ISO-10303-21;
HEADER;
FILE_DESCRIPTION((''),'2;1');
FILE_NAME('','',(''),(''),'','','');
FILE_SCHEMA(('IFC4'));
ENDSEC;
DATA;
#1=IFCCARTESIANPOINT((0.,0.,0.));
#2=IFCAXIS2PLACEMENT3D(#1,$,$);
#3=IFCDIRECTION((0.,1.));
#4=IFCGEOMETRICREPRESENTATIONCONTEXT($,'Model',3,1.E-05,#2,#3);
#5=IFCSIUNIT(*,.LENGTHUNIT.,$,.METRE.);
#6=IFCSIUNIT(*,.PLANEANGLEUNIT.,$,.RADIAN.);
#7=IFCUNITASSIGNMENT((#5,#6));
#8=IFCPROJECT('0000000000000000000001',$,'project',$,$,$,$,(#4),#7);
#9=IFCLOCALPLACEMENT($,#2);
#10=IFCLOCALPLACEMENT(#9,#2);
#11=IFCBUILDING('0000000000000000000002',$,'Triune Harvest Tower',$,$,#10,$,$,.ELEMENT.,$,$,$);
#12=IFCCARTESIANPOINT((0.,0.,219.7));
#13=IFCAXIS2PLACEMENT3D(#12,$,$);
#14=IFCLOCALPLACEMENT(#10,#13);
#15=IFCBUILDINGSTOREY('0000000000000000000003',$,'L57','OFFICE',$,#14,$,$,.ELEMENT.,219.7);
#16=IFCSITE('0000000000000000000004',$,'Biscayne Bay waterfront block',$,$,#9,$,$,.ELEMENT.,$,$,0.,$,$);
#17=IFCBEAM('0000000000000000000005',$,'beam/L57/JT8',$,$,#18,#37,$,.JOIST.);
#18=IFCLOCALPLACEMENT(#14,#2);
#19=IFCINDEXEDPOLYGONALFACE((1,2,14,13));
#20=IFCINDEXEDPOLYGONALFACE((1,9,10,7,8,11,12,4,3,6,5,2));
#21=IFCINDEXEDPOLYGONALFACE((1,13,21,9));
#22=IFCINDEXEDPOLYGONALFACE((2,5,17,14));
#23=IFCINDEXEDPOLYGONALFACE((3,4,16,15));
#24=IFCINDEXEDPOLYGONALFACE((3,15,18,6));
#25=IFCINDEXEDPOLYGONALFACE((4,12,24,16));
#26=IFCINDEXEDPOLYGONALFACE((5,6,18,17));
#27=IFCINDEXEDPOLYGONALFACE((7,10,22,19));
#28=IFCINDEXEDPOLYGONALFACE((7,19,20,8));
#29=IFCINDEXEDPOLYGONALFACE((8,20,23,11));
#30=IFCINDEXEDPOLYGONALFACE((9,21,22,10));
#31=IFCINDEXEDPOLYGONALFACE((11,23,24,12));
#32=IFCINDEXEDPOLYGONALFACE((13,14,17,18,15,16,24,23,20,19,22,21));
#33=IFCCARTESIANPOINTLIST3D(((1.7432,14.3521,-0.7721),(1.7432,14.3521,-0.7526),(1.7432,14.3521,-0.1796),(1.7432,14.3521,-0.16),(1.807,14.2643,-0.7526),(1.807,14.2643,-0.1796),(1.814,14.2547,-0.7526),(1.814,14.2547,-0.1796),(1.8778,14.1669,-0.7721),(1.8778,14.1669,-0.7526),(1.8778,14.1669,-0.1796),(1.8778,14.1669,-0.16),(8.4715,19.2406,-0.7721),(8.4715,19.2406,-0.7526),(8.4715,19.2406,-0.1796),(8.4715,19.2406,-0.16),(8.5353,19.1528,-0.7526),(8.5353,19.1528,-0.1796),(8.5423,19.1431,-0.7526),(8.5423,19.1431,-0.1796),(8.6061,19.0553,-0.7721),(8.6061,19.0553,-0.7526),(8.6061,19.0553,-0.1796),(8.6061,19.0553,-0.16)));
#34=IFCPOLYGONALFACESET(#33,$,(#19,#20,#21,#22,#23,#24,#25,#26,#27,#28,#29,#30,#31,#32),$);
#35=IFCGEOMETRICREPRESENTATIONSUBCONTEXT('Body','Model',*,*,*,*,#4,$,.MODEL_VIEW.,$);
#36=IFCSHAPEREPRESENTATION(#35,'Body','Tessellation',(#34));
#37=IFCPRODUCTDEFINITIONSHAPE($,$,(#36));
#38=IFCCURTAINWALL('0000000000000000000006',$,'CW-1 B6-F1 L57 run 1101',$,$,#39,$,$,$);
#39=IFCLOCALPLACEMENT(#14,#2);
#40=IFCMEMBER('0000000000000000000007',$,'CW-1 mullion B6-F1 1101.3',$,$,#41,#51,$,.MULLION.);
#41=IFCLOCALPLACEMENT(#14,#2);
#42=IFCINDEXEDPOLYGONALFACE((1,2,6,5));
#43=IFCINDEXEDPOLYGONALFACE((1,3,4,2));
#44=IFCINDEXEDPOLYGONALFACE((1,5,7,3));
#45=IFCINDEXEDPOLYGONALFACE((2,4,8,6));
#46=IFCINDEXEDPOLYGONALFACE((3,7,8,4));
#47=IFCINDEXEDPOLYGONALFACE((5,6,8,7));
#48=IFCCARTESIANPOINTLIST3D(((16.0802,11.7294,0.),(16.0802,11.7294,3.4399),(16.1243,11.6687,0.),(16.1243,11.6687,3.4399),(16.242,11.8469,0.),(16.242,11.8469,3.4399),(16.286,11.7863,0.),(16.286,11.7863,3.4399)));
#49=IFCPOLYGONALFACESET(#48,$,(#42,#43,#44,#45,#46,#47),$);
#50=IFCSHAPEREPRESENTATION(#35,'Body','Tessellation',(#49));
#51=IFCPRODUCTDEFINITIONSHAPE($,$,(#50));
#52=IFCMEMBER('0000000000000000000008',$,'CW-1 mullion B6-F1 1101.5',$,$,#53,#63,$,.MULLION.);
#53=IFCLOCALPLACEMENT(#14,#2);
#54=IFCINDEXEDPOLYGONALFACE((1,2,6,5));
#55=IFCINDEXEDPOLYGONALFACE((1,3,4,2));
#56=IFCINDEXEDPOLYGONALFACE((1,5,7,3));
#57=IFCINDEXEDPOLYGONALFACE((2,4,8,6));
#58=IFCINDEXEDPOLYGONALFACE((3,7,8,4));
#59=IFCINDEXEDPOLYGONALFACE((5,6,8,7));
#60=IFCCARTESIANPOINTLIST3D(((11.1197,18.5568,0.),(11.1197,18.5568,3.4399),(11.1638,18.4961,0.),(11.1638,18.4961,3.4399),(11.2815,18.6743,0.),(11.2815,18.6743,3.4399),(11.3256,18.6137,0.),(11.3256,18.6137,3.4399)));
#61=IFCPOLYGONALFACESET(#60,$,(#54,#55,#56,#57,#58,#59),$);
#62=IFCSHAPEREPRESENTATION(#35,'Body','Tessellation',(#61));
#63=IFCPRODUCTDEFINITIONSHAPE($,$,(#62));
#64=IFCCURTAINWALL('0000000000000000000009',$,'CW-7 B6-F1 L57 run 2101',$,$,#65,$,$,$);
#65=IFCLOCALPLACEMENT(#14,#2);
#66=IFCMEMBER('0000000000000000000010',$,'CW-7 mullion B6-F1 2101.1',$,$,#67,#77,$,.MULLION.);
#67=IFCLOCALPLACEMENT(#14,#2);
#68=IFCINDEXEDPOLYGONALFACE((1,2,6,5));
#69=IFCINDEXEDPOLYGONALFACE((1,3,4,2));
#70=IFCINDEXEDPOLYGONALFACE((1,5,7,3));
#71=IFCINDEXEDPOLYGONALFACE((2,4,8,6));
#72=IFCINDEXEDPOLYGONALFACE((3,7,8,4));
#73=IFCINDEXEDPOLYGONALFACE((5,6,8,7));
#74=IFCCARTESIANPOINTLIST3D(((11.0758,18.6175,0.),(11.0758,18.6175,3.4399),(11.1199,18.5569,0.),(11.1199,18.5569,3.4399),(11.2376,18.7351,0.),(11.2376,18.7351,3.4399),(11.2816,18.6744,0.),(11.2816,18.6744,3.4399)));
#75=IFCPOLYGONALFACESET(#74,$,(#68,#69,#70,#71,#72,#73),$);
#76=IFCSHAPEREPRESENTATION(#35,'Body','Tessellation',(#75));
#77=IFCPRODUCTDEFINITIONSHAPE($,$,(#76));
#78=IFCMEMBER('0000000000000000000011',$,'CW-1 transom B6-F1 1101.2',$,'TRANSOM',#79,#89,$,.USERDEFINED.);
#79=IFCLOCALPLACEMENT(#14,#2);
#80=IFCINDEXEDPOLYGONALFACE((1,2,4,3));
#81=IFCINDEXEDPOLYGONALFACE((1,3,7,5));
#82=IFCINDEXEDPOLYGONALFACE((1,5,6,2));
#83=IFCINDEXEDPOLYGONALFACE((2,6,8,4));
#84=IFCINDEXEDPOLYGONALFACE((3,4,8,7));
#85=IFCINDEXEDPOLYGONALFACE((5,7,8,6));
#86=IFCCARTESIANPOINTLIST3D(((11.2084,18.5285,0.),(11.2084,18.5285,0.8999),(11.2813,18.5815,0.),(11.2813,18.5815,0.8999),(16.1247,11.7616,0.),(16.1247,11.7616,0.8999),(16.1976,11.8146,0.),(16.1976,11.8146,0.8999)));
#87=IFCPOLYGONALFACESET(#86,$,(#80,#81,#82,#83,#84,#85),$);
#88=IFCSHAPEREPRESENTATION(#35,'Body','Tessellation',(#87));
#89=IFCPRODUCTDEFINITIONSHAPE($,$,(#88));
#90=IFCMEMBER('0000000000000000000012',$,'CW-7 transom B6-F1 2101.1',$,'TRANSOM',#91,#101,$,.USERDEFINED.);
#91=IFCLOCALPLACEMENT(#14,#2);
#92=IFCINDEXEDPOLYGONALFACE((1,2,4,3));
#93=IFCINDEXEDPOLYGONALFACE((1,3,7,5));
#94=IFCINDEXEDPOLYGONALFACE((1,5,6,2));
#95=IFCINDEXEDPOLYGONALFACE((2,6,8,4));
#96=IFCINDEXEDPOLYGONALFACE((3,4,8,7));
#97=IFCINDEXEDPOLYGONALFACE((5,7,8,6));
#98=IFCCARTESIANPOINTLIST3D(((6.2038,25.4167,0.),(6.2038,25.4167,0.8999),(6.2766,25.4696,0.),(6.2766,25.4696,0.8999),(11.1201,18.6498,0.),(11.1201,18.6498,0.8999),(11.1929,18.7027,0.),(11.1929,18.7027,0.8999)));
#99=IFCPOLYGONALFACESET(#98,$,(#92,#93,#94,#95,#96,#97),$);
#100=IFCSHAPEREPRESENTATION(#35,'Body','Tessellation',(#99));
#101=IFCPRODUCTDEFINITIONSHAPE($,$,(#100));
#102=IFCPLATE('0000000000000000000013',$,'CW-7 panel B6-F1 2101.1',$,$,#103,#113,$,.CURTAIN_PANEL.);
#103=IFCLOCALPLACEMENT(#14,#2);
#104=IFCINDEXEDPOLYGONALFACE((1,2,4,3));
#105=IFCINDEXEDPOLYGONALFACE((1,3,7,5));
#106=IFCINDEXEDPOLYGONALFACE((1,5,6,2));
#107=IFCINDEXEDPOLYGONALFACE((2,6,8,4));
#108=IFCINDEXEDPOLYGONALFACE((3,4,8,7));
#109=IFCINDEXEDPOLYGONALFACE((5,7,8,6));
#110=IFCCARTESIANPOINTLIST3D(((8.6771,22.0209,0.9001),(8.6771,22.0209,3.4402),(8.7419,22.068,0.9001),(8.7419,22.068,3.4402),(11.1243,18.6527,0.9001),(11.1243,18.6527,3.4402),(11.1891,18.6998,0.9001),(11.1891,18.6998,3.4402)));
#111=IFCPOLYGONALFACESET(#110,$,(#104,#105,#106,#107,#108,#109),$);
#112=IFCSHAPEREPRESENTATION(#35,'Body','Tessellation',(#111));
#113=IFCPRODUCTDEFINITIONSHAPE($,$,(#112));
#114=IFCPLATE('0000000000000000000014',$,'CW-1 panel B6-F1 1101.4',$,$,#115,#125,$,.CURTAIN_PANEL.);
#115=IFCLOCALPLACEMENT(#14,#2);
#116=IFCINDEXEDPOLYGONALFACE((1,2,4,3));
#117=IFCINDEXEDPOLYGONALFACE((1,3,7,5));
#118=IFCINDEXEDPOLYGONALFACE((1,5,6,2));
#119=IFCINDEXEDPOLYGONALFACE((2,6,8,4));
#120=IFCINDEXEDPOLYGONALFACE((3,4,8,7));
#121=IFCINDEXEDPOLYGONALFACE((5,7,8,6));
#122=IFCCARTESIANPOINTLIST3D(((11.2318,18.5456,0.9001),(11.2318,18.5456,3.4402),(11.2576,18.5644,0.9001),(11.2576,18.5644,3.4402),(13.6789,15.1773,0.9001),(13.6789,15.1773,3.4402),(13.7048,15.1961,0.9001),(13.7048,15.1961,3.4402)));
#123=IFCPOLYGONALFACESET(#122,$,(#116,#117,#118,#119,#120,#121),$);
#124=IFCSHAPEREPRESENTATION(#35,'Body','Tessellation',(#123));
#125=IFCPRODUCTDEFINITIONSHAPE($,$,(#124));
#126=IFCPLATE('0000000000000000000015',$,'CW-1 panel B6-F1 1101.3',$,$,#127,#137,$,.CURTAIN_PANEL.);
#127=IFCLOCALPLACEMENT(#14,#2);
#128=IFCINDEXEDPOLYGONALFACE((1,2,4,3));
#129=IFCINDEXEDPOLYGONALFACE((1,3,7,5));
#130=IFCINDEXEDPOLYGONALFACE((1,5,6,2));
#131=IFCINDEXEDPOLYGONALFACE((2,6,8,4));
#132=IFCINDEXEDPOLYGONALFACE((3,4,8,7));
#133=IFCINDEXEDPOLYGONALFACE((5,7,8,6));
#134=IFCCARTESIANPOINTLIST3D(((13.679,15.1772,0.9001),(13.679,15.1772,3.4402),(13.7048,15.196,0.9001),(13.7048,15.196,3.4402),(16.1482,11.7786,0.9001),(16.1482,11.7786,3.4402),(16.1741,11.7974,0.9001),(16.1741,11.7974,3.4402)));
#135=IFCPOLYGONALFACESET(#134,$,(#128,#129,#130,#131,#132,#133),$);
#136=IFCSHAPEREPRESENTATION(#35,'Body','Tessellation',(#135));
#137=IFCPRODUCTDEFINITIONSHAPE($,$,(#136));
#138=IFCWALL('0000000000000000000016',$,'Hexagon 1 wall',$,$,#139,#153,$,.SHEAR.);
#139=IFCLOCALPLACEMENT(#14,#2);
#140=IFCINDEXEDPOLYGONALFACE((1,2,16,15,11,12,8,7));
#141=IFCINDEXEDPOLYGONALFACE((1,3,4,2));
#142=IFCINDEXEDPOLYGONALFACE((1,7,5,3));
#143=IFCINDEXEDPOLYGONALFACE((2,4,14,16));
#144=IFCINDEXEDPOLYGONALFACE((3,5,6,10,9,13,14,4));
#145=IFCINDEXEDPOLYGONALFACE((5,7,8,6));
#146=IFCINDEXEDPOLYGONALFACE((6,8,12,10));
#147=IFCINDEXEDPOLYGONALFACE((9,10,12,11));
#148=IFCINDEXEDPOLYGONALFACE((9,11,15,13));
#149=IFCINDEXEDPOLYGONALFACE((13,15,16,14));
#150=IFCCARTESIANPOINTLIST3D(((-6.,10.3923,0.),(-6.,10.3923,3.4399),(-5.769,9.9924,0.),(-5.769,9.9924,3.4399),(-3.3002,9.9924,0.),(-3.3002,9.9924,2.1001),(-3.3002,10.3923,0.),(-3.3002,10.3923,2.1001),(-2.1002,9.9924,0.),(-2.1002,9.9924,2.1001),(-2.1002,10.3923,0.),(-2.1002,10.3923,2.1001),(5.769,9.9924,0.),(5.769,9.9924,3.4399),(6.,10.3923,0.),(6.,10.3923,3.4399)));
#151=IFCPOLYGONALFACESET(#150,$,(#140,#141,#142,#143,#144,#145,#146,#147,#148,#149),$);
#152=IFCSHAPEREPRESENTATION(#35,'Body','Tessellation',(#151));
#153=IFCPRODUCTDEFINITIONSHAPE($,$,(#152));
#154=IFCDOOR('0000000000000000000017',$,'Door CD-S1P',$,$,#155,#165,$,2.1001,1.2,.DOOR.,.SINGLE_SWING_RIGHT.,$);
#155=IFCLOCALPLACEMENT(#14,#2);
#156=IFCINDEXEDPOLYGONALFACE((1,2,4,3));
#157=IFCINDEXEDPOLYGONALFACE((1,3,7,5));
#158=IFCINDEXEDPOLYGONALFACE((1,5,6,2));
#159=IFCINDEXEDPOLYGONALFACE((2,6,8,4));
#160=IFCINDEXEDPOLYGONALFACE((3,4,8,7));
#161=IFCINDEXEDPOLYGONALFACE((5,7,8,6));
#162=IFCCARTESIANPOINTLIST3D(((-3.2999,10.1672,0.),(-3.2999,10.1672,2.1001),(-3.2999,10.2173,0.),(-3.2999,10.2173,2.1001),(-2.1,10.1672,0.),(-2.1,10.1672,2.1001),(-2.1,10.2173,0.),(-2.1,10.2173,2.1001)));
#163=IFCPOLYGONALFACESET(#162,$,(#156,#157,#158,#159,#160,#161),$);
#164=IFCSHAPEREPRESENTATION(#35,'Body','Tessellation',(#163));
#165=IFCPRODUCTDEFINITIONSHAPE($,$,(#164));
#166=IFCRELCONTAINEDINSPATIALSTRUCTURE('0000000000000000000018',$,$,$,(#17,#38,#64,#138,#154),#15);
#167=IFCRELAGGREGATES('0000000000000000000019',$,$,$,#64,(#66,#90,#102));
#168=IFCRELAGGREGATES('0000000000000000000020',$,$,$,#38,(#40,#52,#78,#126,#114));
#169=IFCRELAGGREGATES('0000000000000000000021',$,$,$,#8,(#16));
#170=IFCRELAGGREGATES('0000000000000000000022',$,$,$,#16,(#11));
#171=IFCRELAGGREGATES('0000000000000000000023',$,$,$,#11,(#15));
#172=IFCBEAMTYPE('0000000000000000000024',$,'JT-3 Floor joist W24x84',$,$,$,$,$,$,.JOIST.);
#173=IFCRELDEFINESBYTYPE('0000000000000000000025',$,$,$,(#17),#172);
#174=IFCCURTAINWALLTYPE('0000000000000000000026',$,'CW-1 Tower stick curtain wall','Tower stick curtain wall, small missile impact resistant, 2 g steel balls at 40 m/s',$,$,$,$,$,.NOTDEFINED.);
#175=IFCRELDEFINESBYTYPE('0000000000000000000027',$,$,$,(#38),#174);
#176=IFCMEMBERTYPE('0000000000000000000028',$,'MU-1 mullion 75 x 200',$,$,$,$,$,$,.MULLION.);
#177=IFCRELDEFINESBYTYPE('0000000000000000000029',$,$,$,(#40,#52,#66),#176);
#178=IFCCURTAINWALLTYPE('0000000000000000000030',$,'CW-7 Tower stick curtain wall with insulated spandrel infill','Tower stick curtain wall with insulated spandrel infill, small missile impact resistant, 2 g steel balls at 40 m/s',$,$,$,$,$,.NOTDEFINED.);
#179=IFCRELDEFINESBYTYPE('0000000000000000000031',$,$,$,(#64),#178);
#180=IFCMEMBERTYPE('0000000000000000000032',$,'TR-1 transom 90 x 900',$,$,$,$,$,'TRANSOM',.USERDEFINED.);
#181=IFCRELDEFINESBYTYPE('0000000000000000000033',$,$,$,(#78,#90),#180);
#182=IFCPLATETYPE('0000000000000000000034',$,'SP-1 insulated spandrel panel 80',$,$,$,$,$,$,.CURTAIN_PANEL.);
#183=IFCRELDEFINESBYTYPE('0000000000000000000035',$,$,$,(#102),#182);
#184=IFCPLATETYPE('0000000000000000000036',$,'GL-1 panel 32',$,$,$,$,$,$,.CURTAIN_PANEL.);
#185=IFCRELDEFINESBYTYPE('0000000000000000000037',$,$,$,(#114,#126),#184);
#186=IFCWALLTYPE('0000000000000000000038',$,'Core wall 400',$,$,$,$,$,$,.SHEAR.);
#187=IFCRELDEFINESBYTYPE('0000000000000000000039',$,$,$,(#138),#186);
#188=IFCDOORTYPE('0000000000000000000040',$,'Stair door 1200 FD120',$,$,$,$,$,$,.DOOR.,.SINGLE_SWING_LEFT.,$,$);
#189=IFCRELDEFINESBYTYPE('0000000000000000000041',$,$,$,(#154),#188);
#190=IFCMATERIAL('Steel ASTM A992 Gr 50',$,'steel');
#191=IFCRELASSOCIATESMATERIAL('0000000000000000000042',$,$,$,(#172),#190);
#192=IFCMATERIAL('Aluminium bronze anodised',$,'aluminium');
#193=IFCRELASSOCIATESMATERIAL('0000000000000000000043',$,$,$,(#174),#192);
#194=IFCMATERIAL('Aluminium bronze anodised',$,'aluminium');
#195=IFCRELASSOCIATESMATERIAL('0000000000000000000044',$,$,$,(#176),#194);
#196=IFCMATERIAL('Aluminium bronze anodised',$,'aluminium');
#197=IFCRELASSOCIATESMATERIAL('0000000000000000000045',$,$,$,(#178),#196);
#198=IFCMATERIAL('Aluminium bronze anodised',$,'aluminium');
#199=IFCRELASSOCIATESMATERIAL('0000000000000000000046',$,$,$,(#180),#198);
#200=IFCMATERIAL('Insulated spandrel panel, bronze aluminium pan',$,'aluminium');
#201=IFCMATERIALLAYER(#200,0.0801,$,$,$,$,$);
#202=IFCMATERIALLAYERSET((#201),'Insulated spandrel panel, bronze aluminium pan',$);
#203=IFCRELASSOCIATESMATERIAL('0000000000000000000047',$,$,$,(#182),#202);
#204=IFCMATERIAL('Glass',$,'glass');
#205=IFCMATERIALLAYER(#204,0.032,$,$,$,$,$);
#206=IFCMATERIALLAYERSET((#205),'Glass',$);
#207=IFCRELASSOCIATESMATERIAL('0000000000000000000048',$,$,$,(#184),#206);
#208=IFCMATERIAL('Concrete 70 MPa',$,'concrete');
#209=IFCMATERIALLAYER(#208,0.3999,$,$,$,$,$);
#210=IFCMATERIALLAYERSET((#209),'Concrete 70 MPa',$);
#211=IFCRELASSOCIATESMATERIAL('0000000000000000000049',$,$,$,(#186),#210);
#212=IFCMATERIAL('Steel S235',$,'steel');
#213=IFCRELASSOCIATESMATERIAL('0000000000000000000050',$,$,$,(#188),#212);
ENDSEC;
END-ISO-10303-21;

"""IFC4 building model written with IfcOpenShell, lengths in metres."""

from ifc_helpers import new_model, si_unit, direction, frame, frame_2d, origin, origin_2d, place, context, subcontext, project, spatial, polyline, rectangle, i_section, outline, extrude, source, transform, mapped, material, layer, layer_set, material_profile, profile_set, type_object, element, fill, aggregate, save


model = new_model("IFC4")

# Units and contexts
model_context = context("Model", 3, precision=1e-05, world=origin(), true_north=direction((0.0, 1.0)))
body_context = subcontext(model_context, "Body", "Model", "MODEL_VIEW")
ifc_project = project(units=[si_unit("LENGTHUNIT", "METRE"), si_unit("PLANEANGLEUNIT", "RADIAN")], contexts=[model_context])

# Site, building, storey
site_placement = place(None, origin())
site = spatial("IfcSite", under=ifc_project, at=site_placement, Name="Biscayne Bay waterfront block", CompositionType="ELEMENT", RefElevation=0.0)
building_placement = place(site_placement, origin())
building = spatial("IfcBuilding", under=site, at=building_placement, Name="Triune Harvest Tower", CompositionType="ELEMENT")
storey_placement = place(building_placement, frame((0.0, 0.0, 219.7)))
storey = spatial("IfcBuildingStorey", under=building, at=storey_placement, Name="L57", Description="OFFICE", CompositionType="ELEMENT", Elevation=219.7)

# Beam
ifc_material_1 = material(Name="Steel ASTM A992 Gr 50", Category="steel")
ifc_material_profile_1 = material_profile(ifc_material_1, i_section(OverallWidth=0.229, OverallDepth=0.6121, WebThickness=0.012, FlangeThickness=0.0195, at=origin_2d()), Name="W24x84")
ifc_profile_set_1 = profile_set([ifc_material_profile_1], Name="Steel ASTM A992 Gr 50")
beam_type_1 = type_object("IfcBeamType", Name="JT-3 Floor joist W24x84", PredefinedType="JOIST", material=ifc_profile_set_1)
shared_shape_1 = source(origin(), body_context, "Body", "SweptSolid", [
    extrude(i_section(OverallWidth=0.229, OverallDepth=0.6121, WebThickness=0.012, FlangeThickness=0.0195, at=origin_2d()), origin(), (0.0, 0.0, 1.0), 8.3167),
])
beam_1_placement = place(storey_placement, frame((8.5388, 19.1479, -0.4661), z_axis=(-0.809014, -0.587789, 0.0), x_axis=(0.587789, -0.809014, 0.0)))
element("IfcBeam", 1, at=beam_1_placement, inside=storey, type_object=beam_type_1, Name="beam/L57/JT8", PredefinedType="JOIST", context=body_context, shape_type="MappedRepresentation", body=[
    mapped(shared_shape_1, transform((0.0, 0.0, 0.0), scale=1.0)),
])

# Curtain wall, members
ifc_material_2 = material(Name="Aluminium bronze anodised", Category="aluminium")
curtain_wall_type_1 = type_object("IfcCurtainWallType", Name="CW-1 Tower stick curtain wall", Description="Tower stick curtain wall, small missile impact resistant, 2 g steel balls at 40 m/s", PredefinedType="NOTDEFINED", material=ifc_material_2)
curtain_wall_1_placement = place(storey_placement, origin())
curtain_wall_1 = element("IfcCurtainWall", 2, at=curtain_wall_1_placement, inside=storey, type_object=curtain_wall_type_1, Name="CW-1 B6-F1 L57 run 1101")
ifc_material_3 = material(Name="Aluminium bronze anodised", Category="aluminium")
ifc_material_profile_2 = material_profile(ifc_material_3, rectangle(XDim=0.2, YDim=0.075, at=origin_2d()), Name="MU-1 mullion 75 x 200")
ifc_profile_set_2 = profile_set([ifc_material_profile_2], Name="Aluminium bronze anodised")
member_type_1 = type_object("IfcMemberType", Name="MU-1 mullion 75 x 200", PredefinedType="MULLION", material=ifc_profile_set_2)
shared_shape_2 = source(origin(), body_context, "Body", "SweptSolid", [
    extrude(rectangle(XDim=0.2, YDim=0.075, at=origin_2d()), origin(), (0.0, 0.0, 1.0), 3.4399),
])
member_1_placement = place(storey_placement, frame((16.1831, 11.7578, 0.0), z_axis=(0.0, 0.0, 1.0), x_axis=(-0.809021, -0.58778, 0.0)))
member_1 = element("IfcMember", 3, at=member_1_placement, type_object=member_type_1, Name="CW-1 mullion B6-F1 1101.3", PredefinedType="MULLION", context=body_context, shape_type="MappedRepresentation", body=[
    mapped(shared_shape_2, transform((0.0, 0.0, 0.0), scale=1.0)),
])
member_2_placement = place(storey_placement, frame((11.2227, 18.5852, 0.0), z_axis=(0.0, 0.0, 1.0), x_axis=(-0.809021, -0.58778, 0.0)))
member_2 = element("IfcMember", 4, at=member_2_placement, type_object=member_type_1, Name="CW-1 mullion B6-F1 1101.5", PredefinedType="MULLION", context=body_context, shape_type="MappedRepresentation", body=[
    mapped(shared_shape_2, transform((0.0, 0.0, 0.0), scale=1.0)),
])

# Curtain wall, member
ifc_material_4 = material(Name="Aluminium bronze anodised", Category="aluminium")
curtain_wall_type_2 = type_object("IfcCurtainWallType", Name="CW-7 Tower stick curtain wall with insulated spandrel infill", Description="Tower stick curtain wall with insulated spandrel infill, small missile impact resistant, 2 g steel balls at 40 m/s", PredefinedType="NOTDEFINED", material=ifc_material_4)
curtain_wall_2_placement = place(storey_placement, origin())
curtain_wall_2 = element("IfcCurtainWall", 5, at=curtain_wall_2_placement, inside=storey, type_object=curtain_wall_type_2, Name="CW-7 B6-F1 L57 run 2101")
member_3_placement = place(storey_placement, frame((11.1787, 18.646, 0.0), z_axis=(0.0, 0.0, 1.0), x_axis=(-0.809014, -0.587789, 0.0)))
member_3 = element("IfcMember", 6, at=member_3_placement, type_object=member_type_1, Name="CW-7 mullion B6-F1 2101.1", PredefinedType="MULLION", context=body_context, shape_type="MappedRepresentation", body=[
    mapped(shared_shape_2, transform((0.0, 0.0, 0.0), scale=1.0)),
])

# Members
ifc_material_5 = material(Name="Aluminium bronze anodised", Category="aluminium")
ifc_material_profile_3 = material_profile(ifc_material_5, rectangle(XDim=0.0901, YDim=0.8999, at=origin_2d()), Name="TR-1 transom 90 x 900")
ifc_profile_set_3 = profile_set([ifc_material_profile_3], Name="Aluminium bronze anodised")
member_type_2 = type_object("IfcMemberType", Name="TR-1 transom 90 x 900", ElementType="TRANSOM", PredefinedType="USERDEFINED", material=ifc_profile_set_3)
shared_shape_3 = source(origin(), body_context, "Body", "SweptSolid", [
    extrude(rectangle(XDim=0.0901, YDim=0.8999, at=origin_2d()), origin(), (0.0, 0.0, 1.0), 8.3643),
])
member_4_placement = place(storey_placement, frame((16.1611, 11.7881, 0.45), z_axis=(-0.587774, 0.809025, 0.0), x_axis=(-0.809025, -0.587774, 0.0)))
member_4 = element("IfcMember", 7, at=member_4_placement, type_object=member_type_2, Name="CW-1 transom B6-F1 1101.2", ObjectType="TRANSOM", PredefinedType="USERDEFINED", context=body_context, shape_type="MappedRepresentation", body=[
    mapped(shared_shape_3, transform((0.0, 0.0, 0.0), scale=1.0)),
])
member_5_placement = place(storey_placement, frame((11.1565, 18.6763, 0.45), z_axis=(-0.587774, 0.809025, 0.0), x_axis=(-0.809025, -0.587774, 0.0)))
member_5 = element("IfcMember", 8, at=member_5_placement, type_object=member_type_2, Name="CW-7 transom B6-F1 2101.1", ObjectType="TRANSOM", PredefinedType="USERDEFINED", context=body_context, shape_type="MappedRepresentation", body=[
    mapped(shared_shape_3, transform((0.0, 0.0, 0.0), scale=1.0)),
])

# Plates
ifc_material_6 = material(Name="Insulated spandrel panel, bronze aluminium pan", Category="aluminium")
ifc_layer_1 = layer(ifc_material_6, 0.0801)
ifc_layer_set_1 = layer_set([ifc_layer_1], Name="Insulated spandrel panel, bronze aluminium pan")
plate_type_1 = type_object("IfcPlateType", Name="SP-1 insulated spandrel panel 80", PredefinedType="CURTAIN_PANEL", material=ifc_layer_set_1)
shared_shape_4 = source(origin(), body_context, "Body", "SweptSolid", [
    extrude(rectangle(XDim=4.1633, YDim=0.0801, at=origin_2d()), origin(), (0.0, 0.0, 1.0), 2.54),
])
plate_1_placement = place(storey_placement, frame((9.9331, 20.3604, 0.9001), z_axis=(0.0, 0.0, 1.0), x_axis=(-0.587789, 0.809014, 0.0)))
plate_1 = element("IfcPlate", 9, at=plate_1_placement, type_object=plate_type_1, Name="CW-7 panel B6-F1 2101.1", PredefinedType="CURTAIN_PANEL", context=body_context, shape_type="MappedRepresentation", body=[
    mapped(shared_shape_4, transform((0.0, 0.0, 0.0), scale=1.0)),
])
aggregate(curtain_wall_2, [member_3, member_5, plate_1])
ifc_material_7 = material(Name="Glass", Category="glass")
ifc_layer_2 = layer(ifc_material_7, 0.032)
ifc_layer_set_2 = layer_set([ifc_layer_2], Name="Glass")
plate_type_2 = type_object("IfcPlateType", Name="GL-1 panel 32", PredefinedType="CURTAIN_PANEL", material=ifc_layer_set_2)
shared_shape_5 = source(origin(), body_context, "Body", "SweptSolid", [
    extrude(rectangle(XDim=4.1633, YDim=0.032, at=origin_2d()), origin(), (0.0, 0.0, 1.0), 2.54),
])
plate_2_placement = place(storey_placement, frame((12.4683, 16.8708, 0.9001), z_axis=(0.0, 0.0, 1.0), x_axis=(-0.58778, 0.809021, 0.0)))
plate_2 = element("IfcPlate", 10, at=plate_2_placement, type_object=plate_type_2, Name="CW-1 panel B6-F1 1101.4", PredefinedType="CURTAIN_PANEL", context=body_context, shape_type="MappedRepresentation", body=[
    mapped(shared_shape_5, transform((0.0, 0.0, 0.0), scale=1.0)),
])
shared_shape_6 = source(origin(), body_context, "Body", "SweptSolid", [
    extrude(rectangle(XDim=4.2009, YDim=0.032, at=origin_2d()), origin(), (0.0, 0.0, 1.0), 2.54),
])
plate_3_placement = place(storey_placement, frame((14.9265, 13.4873, 0.9001), z_axis=(0.0, 0.0, 1.0), x_axis=(-0.58778, 0.809021, 0.0)))
plate_3 = element("IfcPlate", 11, at=plate_3_placement, type_object=plate_type_2, Name="CW-1 panel B6-F1 1101.3", PredefinedType="CURTAIN_PANEL", context=body_context, shape_type="MappedRepresentation", body=[
    mapped(shared_shape_6, transform((0.0, 0.0, 0.0), scale=1.0)),
])
aggregate(curtain_wall_1, [member_1, member_2, member_4, plate_3, plate_2])

# Wall, opening, door
ifc_material_8 = material(Name="Concrete 70 MPa", Category="concrete")
ifc_layer_3 = layer(ifc_material_8, 0.3999)
ifc_layer_set_3 = layer_set([ifc_layer_3], Name="Concrete 70 MPa")
wall_type_1 = type_object("IfcWallType", Name="Core wall 400", PredefinedType="SHEAR", material=ifc_layer_set_3)
shared_shape_7 = source(origin(), body_context, "Body", "SweptSolid", [
    extrude(outline(polyline([(-0.1155, -0.2), (11.8845, -0.2), (11.6536, 0.2), (0.1155, 0.2), (-0.1155, -0.2)])), origin(), (0.0, 0.0, 1.0), 3.4399),
])
wall_1_placement = place(storey_placement, frame((5.8845, 10.1924, 0.0), z_axis=(0.0, 0.0, 1.0), x_axis=(-1.0, 0.0, 0.0)))
wall_1 = element("IfcWall", 12, at=wall_1_placement, inside=storey, type_object=wall_type_1, Name="Hexagon 1 wall", PredefinedType="SHEAR", context=body_context, shape_type="MappedRepresentation", body=[
    mapped(shared_shape_7, transform((0.0, 0.0, 0.0), scale=1.0)),
])
opening_1_placement = place(wall_1_placement, frame((7.9846, 0.0, 0.0)))
opening_1 = element("IfcOpeningElement", 13, at=opening_1_placement, cuts=wall_1, PredefinedType="OPENING", context=body_context, shape_type="SweptSolid", body=[
    extrude(rectangle(XDim=1.2, YDim=2.1001, at=frame_2d((0.6001, 1.05))), frame((0.0, 0.21, 0.0), z_axis=(0.0, -1.0, 0.0), x_axis=(1.0, 0.0, 0.0)), (0.0, 0.0, 1.0), 0.4199),
])
ifc_material_9 = material(Name="Steel S235", Category="steel")
door_type_1 = type_object("IfcDoorType", Name="Stair door 1200 FD120", OperationType="SINGLE_SWING_LEFT", PredefinedType="DOOR", material=ifc_material_9)
door_1_placement = place(opening_1_placement, frame((1.2, 0.0, 0.0), z_axis=(0.0, 0.0, 1.0), x_axis=(-1.0, 0.0, 0.0)))
door_1 = element("IfcDoor", 14, at=door_1_placement, inside=storey, type_object=door_type_1, Name="Door CD-S1P", OperationType="SINGLE_SWING_RIGHT", OverallHeight=2.1001, OverallWidth=1.2, PredefinedType="DOOR", context=body_context, shape_type="SweptSolid", body=[
    extrude(rectangle(XDim=1.2, YDim=2.1001, at=frame_2d((0.6001, 1.05))), frame((0.0, 0.0249, 0.0), z_axis=(0.0, -1.0, 0.0), x_axis=(1.0, 0.0, 0.0)), (0.0, 0.0, 1.0), 0.05),
])
fill(opening_1, door_1)

save(model, "model.ifc")
